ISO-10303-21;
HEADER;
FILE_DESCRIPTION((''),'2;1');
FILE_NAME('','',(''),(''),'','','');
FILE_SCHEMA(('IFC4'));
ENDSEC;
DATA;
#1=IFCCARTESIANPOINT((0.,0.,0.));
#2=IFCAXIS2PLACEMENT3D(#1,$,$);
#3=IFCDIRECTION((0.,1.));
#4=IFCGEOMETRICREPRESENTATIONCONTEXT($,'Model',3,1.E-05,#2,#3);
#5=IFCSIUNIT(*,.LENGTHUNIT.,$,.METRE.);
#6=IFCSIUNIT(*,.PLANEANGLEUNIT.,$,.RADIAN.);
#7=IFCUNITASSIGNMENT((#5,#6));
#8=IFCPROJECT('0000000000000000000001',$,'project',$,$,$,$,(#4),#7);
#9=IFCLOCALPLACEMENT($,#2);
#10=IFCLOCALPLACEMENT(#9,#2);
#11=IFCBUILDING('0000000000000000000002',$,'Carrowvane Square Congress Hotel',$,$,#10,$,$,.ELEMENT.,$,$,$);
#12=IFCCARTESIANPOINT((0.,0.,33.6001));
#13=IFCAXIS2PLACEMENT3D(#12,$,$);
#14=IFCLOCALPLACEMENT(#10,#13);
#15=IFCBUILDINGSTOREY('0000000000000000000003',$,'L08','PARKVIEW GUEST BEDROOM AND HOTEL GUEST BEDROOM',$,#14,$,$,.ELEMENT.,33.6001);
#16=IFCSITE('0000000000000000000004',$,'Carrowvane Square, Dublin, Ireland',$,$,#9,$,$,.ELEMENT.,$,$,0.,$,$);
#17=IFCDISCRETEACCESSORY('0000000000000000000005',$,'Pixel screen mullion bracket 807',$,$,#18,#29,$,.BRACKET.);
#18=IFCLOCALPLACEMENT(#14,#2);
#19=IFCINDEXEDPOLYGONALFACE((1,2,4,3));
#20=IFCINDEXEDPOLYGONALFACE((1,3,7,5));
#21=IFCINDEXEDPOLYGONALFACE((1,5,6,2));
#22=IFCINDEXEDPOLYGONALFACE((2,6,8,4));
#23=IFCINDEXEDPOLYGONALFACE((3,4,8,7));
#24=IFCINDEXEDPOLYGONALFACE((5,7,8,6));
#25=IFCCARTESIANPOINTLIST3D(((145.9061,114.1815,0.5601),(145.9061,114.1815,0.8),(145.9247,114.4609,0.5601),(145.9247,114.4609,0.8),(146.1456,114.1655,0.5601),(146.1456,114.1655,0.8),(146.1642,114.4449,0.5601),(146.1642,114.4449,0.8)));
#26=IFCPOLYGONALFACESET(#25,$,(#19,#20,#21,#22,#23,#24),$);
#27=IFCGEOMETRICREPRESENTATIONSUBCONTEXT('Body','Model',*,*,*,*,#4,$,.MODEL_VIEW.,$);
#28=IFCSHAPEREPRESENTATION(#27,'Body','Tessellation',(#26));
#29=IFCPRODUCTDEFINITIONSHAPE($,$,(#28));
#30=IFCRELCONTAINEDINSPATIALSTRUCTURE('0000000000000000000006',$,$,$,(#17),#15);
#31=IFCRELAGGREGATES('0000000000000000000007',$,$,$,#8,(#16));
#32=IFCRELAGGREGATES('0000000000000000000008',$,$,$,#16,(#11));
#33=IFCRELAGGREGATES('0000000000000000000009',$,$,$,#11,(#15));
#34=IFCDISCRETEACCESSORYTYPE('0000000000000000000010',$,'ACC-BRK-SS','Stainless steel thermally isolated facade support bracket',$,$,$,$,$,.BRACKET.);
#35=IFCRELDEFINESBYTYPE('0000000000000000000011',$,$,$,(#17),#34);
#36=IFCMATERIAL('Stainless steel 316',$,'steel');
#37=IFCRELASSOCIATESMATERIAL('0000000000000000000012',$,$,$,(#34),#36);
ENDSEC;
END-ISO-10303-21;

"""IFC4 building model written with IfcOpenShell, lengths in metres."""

from ifc_helpers import new_model, si_unit, direction, frame, origin, origin_2d, place, context, subcontext, project, spatial, rectangle, extrude, material, type_object, element, save


model = new_model("IFC4")

# Units and contexts
model_context = context("Model", 3, precision=1e-05, world=origin(), true_north=direction((0.0, 1.0)))
body_context = subcontext(model_context, "Body", "Model", "MODEL_VIEW")
ifc_project = project(units=[si_unit("LENGTHUNIT", "METRE"), si_unit("PLANEANGLEUNIT", "RADIAN")], contexts=[model_context])

# Site, building, storey
site_placement = place(None, origin())
site = spatial("IfcSite", under=ifc_project, at=site_placement, Name="Carrowvane Square, Dublin, Ireland", CompositionType="ELEMENT", RefElevation=0.0)
building_placement = place(site_placement, origin())
building = spatial("IfcBuilding", under=site, at=building_placement, Name="Carrowvane Square Congress Hotel", CompositionType="ELEMENT")
storey_placement = place(building_placement, frame((0.0, 0.0, 33.6001)))
storey = spatial("IfcBuildingStorey", under=building, at=storey_placement, Name="L08", Description="PARKVIEW GUEST BEDROOM AND HOTEL GUEST BEDROOM", CompositionType="ELEMENT", Elevation=33.6001)

# Discrete accessory
ifc_material_1 = material(Name="Stainless steel 316", Category="steel")
discrete_accessory_type = type_object("IfcDiscreteAccessoryType", Name="ACC-BRK-SS", Description="Stainless steel thermally isolated facade support bracket", PredefinedType="BRACKET", material=ifc_material_1)
for number, where, z_axis, x_axis, name in (
    (1, (146.0352, 114.3132, 0.5601), (0.0, 0.0, 1.0), (0.997781, -0.066574, 0.0), "Pixel screen mullion bracket 807"),
):
    element("IfcDiscreteAccessory", number, at=place(storey_placement, frame(where, z_axis=z_axis, x_axis=x_axis)), inside=storey, type_object=discrete_accessory_type, Name=name, PredefinedType="BRACKET", context=body_context, shape_type="SweptSolid", body=[
        extrude(rectangle(XDim=0.24, YDim=0.28, at=origin_2d()), origin(), (0.0, 0.0, 1.0), 0.24),
    ])

save(model, "model.ifc")
